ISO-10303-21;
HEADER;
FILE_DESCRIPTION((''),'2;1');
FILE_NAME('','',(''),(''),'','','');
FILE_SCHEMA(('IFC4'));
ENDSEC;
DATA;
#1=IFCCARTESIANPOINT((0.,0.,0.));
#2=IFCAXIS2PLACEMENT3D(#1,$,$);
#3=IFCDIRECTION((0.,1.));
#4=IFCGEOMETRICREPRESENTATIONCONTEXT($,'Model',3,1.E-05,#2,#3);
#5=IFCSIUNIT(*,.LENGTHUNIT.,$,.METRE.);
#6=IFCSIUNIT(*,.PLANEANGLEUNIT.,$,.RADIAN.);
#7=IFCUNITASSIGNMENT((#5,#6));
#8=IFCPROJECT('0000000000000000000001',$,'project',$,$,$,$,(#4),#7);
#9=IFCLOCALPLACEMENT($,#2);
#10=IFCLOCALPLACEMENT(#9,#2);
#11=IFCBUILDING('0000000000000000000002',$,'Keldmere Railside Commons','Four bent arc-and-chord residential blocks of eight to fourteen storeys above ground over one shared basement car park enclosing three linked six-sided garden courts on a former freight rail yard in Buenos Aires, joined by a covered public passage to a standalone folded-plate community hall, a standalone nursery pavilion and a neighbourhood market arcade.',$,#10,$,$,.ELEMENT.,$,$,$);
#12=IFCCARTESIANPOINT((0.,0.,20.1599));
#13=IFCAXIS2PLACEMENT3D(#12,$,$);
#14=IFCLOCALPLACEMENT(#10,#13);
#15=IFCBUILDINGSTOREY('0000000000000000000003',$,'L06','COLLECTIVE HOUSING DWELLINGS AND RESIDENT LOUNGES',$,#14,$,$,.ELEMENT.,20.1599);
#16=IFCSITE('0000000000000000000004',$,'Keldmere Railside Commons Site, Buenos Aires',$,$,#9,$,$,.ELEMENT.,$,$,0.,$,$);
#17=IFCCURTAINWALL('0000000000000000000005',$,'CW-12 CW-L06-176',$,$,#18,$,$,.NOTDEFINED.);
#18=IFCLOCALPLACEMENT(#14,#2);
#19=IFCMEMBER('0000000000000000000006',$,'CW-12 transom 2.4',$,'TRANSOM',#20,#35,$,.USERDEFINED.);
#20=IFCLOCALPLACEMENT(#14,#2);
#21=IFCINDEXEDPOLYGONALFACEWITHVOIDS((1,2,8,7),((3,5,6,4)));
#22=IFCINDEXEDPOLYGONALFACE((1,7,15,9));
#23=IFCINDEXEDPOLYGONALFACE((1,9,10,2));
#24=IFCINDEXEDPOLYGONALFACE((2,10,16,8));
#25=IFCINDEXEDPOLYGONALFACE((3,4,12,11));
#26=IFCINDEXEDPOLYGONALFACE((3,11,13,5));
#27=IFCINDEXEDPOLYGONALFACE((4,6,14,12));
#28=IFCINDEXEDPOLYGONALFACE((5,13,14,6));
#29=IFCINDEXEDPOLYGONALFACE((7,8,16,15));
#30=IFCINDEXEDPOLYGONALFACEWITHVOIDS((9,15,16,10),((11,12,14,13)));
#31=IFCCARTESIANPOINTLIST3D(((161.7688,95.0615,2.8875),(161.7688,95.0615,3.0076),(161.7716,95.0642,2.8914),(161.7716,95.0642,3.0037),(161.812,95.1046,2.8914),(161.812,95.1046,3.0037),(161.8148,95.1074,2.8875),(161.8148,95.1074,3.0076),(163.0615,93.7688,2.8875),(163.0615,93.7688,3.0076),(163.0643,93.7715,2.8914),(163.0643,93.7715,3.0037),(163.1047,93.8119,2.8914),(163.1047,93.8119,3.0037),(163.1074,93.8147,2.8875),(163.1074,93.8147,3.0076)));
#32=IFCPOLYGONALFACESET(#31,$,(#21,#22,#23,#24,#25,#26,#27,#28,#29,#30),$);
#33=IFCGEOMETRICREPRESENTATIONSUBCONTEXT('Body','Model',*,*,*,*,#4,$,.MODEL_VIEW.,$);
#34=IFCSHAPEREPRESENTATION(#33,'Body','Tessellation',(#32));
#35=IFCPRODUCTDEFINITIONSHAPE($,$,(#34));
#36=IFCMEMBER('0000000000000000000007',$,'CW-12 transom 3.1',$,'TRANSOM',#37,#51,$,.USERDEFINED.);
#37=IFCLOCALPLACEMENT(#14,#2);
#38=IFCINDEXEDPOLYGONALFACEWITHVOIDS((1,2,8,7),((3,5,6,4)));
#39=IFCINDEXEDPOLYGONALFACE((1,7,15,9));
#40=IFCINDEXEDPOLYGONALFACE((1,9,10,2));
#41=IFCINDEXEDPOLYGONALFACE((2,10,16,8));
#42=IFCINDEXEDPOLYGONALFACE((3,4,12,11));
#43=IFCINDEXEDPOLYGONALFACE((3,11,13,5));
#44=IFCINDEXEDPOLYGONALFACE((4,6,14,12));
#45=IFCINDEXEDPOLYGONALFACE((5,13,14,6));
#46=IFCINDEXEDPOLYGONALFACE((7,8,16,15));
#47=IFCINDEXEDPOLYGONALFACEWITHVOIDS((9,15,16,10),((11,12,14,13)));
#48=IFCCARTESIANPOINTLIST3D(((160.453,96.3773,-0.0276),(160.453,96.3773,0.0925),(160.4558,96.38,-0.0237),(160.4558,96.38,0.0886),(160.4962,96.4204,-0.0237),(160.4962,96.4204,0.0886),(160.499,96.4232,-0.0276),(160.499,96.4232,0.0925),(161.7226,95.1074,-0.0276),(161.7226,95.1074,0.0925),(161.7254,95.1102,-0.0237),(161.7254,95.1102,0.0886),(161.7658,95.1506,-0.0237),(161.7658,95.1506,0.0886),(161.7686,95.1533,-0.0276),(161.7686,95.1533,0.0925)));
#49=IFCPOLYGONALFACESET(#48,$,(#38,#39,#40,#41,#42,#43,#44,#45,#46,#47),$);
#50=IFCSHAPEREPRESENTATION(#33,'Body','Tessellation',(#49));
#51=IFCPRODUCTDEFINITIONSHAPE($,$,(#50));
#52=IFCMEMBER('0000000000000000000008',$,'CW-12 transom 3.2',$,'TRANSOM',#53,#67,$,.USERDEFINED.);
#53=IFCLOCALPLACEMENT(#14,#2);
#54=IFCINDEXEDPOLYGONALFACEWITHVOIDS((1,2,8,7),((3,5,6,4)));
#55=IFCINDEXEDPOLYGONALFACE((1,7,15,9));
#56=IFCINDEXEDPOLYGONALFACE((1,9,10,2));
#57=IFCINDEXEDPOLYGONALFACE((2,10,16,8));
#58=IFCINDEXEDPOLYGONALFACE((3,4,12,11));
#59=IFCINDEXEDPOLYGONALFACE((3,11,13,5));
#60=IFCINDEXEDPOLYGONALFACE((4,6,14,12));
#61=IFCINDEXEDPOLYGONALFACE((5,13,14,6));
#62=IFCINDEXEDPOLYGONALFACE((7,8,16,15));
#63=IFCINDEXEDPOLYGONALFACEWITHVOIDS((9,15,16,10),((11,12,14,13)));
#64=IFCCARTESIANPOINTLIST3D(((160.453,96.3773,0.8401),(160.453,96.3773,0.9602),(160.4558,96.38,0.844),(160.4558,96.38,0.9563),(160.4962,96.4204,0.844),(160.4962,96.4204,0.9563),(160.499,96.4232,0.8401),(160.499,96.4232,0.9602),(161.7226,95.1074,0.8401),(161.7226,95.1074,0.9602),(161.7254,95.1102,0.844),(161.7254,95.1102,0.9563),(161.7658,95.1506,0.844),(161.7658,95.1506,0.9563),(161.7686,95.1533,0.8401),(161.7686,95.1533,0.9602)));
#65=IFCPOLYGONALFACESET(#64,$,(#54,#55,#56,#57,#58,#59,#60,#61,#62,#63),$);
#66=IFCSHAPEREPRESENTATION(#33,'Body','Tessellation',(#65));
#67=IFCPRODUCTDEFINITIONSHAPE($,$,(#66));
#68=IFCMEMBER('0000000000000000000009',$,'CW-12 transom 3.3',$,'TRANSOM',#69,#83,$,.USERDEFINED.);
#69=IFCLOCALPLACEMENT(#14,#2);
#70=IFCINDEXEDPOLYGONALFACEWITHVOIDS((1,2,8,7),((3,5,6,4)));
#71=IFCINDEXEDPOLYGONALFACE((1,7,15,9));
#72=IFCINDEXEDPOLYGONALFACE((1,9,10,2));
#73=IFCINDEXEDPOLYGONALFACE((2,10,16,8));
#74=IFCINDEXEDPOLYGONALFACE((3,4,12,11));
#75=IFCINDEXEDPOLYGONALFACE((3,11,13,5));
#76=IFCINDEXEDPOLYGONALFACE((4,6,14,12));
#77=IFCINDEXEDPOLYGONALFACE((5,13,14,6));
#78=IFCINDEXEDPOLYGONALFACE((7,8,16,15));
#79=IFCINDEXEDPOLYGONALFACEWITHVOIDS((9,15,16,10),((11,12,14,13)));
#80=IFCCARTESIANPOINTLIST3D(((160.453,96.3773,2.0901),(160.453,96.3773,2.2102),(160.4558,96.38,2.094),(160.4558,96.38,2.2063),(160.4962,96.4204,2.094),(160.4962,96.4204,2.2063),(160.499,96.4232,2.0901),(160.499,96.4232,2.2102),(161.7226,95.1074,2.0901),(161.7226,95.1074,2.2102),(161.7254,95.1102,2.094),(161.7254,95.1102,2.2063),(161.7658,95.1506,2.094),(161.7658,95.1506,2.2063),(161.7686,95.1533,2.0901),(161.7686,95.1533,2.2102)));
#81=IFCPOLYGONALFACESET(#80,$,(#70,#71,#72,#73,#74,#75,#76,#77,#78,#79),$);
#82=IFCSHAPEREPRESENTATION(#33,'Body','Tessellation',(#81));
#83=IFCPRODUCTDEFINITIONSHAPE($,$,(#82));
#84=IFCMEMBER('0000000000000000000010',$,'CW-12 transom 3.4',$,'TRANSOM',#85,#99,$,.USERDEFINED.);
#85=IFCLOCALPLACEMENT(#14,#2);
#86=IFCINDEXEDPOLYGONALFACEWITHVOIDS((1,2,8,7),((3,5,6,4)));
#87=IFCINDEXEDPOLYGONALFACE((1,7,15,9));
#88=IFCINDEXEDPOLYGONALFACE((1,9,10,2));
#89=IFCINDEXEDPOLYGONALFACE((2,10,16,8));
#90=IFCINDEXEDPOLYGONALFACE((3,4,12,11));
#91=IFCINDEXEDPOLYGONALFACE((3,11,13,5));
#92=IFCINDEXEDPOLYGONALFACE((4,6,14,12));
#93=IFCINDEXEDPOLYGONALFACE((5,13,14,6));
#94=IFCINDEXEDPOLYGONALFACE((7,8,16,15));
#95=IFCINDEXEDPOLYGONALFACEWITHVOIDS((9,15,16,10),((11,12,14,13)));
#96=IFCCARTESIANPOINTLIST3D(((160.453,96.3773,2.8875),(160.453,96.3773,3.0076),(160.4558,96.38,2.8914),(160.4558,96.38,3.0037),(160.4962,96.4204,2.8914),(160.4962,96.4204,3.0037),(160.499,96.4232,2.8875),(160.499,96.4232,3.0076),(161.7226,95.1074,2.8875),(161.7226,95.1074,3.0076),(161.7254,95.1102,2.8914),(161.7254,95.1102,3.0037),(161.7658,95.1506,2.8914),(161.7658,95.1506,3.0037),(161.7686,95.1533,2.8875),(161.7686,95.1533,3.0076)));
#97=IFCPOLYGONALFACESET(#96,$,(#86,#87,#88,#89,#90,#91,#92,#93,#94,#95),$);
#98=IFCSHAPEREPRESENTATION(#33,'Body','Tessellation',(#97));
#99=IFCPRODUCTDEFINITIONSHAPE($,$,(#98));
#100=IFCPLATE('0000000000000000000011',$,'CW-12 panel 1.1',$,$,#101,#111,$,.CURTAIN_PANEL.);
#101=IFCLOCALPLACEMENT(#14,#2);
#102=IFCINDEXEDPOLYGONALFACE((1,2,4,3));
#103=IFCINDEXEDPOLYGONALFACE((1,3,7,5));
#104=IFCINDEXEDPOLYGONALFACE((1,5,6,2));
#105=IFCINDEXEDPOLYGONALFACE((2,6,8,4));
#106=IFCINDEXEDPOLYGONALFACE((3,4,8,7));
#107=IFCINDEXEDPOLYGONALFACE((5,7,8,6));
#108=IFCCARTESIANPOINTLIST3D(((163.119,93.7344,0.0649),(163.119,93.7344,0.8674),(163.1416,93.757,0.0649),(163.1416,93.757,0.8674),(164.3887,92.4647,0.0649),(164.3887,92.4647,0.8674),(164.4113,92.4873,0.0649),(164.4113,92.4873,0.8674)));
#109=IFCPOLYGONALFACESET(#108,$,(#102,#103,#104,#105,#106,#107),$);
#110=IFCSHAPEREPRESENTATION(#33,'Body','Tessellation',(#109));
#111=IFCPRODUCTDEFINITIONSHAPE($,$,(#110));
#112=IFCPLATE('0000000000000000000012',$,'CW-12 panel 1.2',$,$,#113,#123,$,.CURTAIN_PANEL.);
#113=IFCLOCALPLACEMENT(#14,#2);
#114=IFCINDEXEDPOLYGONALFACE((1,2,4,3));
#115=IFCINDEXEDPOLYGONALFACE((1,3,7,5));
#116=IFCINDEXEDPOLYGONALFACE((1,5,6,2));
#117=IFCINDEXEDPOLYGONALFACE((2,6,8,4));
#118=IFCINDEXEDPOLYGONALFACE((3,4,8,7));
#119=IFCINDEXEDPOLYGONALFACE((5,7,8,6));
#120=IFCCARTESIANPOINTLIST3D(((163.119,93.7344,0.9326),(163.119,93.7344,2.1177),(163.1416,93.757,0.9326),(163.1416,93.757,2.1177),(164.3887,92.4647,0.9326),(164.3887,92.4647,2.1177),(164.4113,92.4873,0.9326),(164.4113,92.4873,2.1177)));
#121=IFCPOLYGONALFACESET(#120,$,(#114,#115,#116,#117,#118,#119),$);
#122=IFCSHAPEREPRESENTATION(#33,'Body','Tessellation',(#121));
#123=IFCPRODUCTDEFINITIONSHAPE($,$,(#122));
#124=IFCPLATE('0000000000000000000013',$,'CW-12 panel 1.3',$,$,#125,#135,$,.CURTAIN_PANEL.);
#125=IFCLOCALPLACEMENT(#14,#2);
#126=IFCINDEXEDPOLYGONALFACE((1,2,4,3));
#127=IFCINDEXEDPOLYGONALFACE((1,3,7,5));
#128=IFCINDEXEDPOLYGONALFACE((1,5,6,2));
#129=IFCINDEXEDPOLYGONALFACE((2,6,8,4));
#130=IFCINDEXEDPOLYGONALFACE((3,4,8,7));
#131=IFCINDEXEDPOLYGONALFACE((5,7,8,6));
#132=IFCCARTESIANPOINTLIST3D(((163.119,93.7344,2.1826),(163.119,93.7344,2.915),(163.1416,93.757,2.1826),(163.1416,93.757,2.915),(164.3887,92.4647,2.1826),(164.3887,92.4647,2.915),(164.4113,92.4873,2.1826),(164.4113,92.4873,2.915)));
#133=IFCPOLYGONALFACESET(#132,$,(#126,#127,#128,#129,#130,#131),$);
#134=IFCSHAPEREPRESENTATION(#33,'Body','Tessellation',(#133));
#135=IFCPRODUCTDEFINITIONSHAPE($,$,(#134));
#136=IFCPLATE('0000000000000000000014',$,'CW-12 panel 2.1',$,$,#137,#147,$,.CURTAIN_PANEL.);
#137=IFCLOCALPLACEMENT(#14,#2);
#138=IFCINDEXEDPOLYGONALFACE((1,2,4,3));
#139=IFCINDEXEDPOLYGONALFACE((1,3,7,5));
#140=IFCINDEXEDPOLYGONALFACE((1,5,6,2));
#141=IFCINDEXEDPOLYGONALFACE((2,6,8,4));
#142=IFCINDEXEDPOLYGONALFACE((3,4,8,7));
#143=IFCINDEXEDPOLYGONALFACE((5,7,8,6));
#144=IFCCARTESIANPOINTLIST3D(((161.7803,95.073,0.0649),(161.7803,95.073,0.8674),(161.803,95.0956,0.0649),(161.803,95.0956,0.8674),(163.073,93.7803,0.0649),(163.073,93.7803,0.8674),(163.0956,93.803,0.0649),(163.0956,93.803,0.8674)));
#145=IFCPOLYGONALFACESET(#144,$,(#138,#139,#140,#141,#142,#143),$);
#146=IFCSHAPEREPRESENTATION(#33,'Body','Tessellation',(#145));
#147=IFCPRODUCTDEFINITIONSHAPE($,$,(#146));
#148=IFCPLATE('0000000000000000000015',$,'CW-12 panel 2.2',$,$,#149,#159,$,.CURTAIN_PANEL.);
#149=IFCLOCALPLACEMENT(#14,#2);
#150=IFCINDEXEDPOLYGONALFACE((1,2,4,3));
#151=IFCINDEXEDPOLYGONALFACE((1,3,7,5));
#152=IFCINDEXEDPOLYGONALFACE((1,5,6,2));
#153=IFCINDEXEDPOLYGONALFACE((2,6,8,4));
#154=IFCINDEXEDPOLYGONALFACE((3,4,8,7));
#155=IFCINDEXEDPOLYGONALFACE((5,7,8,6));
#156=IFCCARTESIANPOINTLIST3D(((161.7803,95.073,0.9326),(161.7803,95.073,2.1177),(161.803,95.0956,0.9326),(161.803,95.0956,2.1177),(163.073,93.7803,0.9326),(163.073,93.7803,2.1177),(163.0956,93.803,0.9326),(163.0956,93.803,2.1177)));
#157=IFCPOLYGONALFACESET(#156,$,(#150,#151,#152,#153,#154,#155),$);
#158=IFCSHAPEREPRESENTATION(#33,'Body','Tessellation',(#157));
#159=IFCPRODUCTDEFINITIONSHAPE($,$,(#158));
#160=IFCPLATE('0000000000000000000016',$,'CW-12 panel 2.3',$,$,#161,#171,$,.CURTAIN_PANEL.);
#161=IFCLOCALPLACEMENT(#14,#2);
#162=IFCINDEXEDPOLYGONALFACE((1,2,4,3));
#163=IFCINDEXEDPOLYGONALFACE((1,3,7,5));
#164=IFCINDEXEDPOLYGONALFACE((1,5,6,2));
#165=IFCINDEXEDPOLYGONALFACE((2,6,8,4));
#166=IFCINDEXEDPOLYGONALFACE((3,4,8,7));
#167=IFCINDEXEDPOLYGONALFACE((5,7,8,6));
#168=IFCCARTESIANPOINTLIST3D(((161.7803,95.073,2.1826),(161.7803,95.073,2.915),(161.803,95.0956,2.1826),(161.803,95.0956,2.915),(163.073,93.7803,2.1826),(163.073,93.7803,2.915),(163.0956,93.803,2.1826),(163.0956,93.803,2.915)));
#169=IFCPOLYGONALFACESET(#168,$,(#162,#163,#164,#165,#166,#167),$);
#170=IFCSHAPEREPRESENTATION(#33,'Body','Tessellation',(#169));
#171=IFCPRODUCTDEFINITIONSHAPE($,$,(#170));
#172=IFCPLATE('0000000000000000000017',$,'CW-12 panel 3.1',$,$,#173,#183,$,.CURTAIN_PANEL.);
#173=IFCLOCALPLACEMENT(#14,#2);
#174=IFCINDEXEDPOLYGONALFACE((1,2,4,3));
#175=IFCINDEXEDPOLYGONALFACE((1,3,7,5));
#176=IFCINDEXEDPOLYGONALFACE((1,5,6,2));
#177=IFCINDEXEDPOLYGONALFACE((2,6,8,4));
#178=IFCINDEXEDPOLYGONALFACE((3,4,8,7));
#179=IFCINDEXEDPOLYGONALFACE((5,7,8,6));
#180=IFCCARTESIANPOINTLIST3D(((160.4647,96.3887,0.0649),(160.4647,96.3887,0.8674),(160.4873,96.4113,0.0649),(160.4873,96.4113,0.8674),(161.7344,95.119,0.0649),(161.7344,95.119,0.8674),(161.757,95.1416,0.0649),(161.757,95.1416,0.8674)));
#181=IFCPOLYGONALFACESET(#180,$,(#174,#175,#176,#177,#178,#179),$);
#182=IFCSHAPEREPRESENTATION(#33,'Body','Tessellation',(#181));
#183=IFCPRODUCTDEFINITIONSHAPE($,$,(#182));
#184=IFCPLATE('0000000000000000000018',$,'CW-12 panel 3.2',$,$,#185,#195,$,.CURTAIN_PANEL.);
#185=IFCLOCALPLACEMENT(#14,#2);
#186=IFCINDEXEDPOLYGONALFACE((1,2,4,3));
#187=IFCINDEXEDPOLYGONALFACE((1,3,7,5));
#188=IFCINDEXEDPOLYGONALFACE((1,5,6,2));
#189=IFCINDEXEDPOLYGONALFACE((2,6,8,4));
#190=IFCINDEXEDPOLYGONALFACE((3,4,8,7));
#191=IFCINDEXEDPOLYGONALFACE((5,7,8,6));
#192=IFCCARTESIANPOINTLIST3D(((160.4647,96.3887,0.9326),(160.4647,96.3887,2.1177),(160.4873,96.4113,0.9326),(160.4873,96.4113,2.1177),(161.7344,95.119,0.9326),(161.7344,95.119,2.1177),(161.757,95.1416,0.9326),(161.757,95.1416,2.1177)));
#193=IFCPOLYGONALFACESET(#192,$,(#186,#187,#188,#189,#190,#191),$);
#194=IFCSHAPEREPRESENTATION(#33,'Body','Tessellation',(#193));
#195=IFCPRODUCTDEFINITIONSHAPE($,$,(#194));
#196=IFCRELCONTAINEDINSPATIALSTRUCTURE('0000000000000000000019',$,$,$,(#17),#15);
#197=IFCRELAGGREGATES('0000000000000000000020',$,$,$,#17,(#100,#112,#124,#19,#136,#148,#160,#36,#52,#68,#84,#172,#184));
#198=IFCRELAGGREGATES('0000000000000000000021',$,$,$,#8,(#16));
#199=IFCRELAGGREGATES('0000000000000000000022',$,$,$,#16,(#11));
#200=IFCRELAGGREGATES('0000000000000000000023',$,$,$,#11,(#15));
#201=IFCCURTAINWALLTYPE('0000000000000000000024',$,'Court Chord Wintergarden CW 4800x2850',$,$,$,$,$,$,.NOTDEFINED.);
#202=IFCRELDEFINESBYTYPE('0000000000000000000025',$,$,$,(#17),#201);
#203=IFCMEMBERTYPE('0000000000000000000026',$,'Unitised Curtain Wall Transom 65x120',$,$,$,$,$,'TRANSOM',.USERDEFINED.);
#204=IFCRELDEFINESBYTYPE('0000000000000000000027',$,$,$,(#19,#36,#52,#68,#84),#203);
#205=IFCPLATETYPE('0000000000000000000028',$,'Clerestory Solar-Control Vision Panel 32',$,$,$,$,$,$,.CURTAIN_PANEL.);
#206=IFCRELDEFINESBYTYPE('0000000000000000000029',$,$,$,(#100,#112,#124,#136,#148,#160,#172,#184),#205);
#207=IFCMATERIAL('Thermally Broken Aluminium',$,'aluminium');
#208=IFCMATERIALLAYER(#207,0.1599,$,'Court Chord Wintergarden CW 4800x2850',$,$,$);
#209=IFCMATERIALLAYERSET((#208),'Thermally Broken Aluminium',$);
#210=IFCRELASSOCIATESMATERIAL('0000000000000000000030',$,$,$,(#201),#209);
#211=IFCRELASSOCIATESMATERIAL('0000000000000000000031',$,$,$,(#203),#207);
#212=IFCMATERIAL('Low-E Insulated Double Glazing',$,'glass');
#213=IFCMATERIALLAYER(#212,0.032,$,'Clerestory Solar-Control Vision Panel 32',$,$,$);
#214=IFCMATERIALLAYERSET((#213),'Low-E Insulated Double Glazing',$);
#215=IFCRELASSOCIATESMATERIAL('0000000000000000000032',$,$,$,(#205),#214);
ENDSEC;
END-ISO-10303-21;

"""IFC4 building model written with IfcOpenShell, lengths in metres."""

from ifc_helpers import new_model, si_unit, direction, frame, origin, origin_2d, place, context, subcontext, project, spatial, rectangle, hollow_rectangle, extrude, material, layer, layer_set, material_profile, profile_set, type_object, element, aggregate, save


model = new_model("IFC4")

# Units and contexts
model_context = context("Model", 3, precision=1e-05, world=origin(), true_north=direction((0.0, 1.0)))
body_context = subcontext(model_context, "Body", "Model", "MODEL_VIEW")
ifc_project = project(units=[si_unit("LENGTHUNIT", "METRE"), si_unit("PLANEANGLEUNIT", "RADIAN")], contexts=[model_context])

# Site, building, storey
site_placement = place(None, origin())
site = spatial("IfcSite", under=ifc_project, at=site_placement, Name="Keldmere Railside Commons Site, Buenos Aires", CompositionType="ELEMENT", RefElevation=0.0)
building_placement = place(site_placement, origin())
building = spatial("IfcBuilding", under=site, at=building_placement, Name="Keldmere Railside Commons", Description="Four bent arc-and-chord residential blocks of eight to fourteen storeys above ground over one shared basement car park enclosing three linked six-sided garden courts on a former freight rail yard in Buenos Aires, joined by a covered public passage to a standalone folded-plate community hall, a standalone nursery pavilion and a neighbourhood market arcade.", CompositionType="ELEMENT")
storey_placement = place(building_placement, frame((0.0, 0.0, 20.1599)))
storey = spatial("IfcBuildingStorey", under=building, at=storey_placement, Name="L06", Description="COLLECTIVE HOUSING DWELLINGS AND RESIDENT LOUNGES", CompositionType="ELEMENT", Elevation=20.1599)

# Curtain wall
ifc_material_1 = material(Name="Thermally Broken Aluminium", Category="aluminium")
ifc_layer_1 = layer(ifc_material_1, 0.1599, Name="Court Chord Wintergarden CW 4800x2850")
ifc_layer_set_1 = layer_set([ifc_layer_1], Name="Thermally Broken Aluminium")
curtain_wall_type_1 = type_object("IfcCurtainWallType", Name="Court Chord Wintergarden CW 4800x2850", PredefinedType="NOTDEFINED", material=ifc_layer_set_1)
curtain_wall_1_placement = place(storey_placement, origin())
curtain_wall_1 = element("IfcCurtainWall", 1, at=curtain_wall_1_placement, inside=storey, type_object=curtain_wall_type_1, Name="CW-12 CW-L06-176", PredefinedType="NOTDEFINED")

# Members
ifc_material_profile_1 = material_profile(ifc_material_1, hollow_rectangle(XDim=0.0649, YDim=0.1201, WallThickness=0.0039, at=origin_2d()), Name="ALU-TRAN-65x120")
ifc_profile_set_1 = profile_set([ifc_material_profile_1], Name="Thermally Broken Aluminium")
member_type_1 = type_object("IfcMemberType", Name="Unitised Curtain Wall Transom 65x120", ElementType="TRANSOM", PredefinedType="USERDEFINED", material=ifc_profile_set_1)
member_1_placement = place(storey_placement, frame((163.0845, 93.7917, 2.9475), z_axis=(-0.707107, 0.707107, 0.0), x_axis=(-0.707107, -0.707107, 0.0)))
member_1 = element("IfcMember", 2, at=member_1_placement, type_object=member_type_1, Name="CW-12 transom 2.4", ObjectType="TRANSOM", PredefinedType="USERDEFINED", context=body_context, shape_type="SweptSolid", body=[
    extrude(hollow_rectangle(XDim=0.0649, YDim=0.1201, WallThickness=0.0039, at=origin_2d()), origin(), (0.0, 0.0, 1.0), 1.8281),
])
member_2_placement = place(storey_placement, frame((161.7456, 95.1304, 0.0325), z_axis=(-0.707039, 0.707175, 0.0), x_axis=(-0.707175, -0.707039, 0.0)))
member_2 = element("IfcMember", 3, at=member_2_placement, type_object=member_type_1, Name="CW-12 transom 3.1", ObjectType="TRANSOM", PredefinedType="USERDEFINED", context=body_context, shape_type="SweptSolid", body=[
    extrude(hollow_rectangle(XDim=0.0649, YDim=0.1201, WallThickness=0.0039, at=origin_2d()), origin(), (0.0, 0.0, 1.0), 1.7957),
])
member_3_placement = place(storey_placement, frame((161.7456, 95.1304, 0.9001), z_axis=(-0.707039, 0.707175, 0.0), x_axis=(-0.707175, -0.707039, 0.0)))
member_3 = element("IfcMember", 4, at=member_3_placement, type_object=member_type_1, Name="CW-12 transom 3.2", ObjectType="TRANSOM", PredefinedType="USERDEFINED", context=body_context, shape_type="SweptSolid", body=[
    extrude(hollow_rectangle(XDim=0.0649, YDim=0.1201, WallThickness=0.0039, at=origin_2d()), origin(), (0.0, 0.0, 1.0), 1.7957),
])
member_4_placement = place(storey_placement, frame((161.7456, 95.1304, 2.1501), z_axis=(-0.707039, 0.707175, 0.0), x_axis=(-0.707175, -0.707039, 0.0)))
member_4 = element("IfcMember", 5, at=member_4_placement, type_object=member_type_1, Name="CW-12 transom 3.3", ObjectType="TRANSOM", PredefinedType="USERDEFINED", context=body_context, shape_type="SweptSolid", body=[
    extrude(hollow_rectangle(XDim=0.0649, YDim=0.1201, WallThickness=0.0039, at=origin_2d()), origin(), (0.0, 0.0, 1.0), 1.7957),
])
member_5_placement = place(storey_placement, frame((161.7456, 95.1304, 2.9475), z_axis=(-0.707039, 0.707175, 0.0), x_axis=(-0.707175, -0.707039, 0.0)))
member_5 = element("IfcMember", 6, at=member_5_placement, type_object=member_type_1, Name="CW-12 transom 3.4", ObjectType="TRANSOM", PredefinedType="USERDEFINED", context=body_context, shape_type="SweptSolid", body=[
    extrude(hollow_rectangle(XDim=0.0649, YDim=0.1201, WallThickness=0.0039, at=origin_2d()), origin(), (0.0, 0.0, 1.0), 1.7957),
])

# Plates
ifc_material_2 = material(Name="Low-E Insulated Double Glazing", Category="glass")
ifc_layer_2 = layer(ifc_material_2, 0.032, Name="Clerestory Solar-Control Vision Panel 32")
ifc_layer_set_2 = layer_set([ifc_layer_2], Name="Low-E Insulated Double Glazing")
plate_type_1 = type_object("IfcPlateType", Name="Clerestory Solar-Control Vision Panel 32", PredefinedType="CURTAIN_PANEL", material=ifc_layer_set_2)
plate_1_placement = place(storey_placement, frame((163.7651, 93.1108, 0.0649), z_axis=(0.0, 0.0, 1.0), x_axis=(-0.707107, 0.707107, 0.0)))
plate_1 = element("IfcPlate", 7, at=plate_1_placement, type_object=plate_type_1, Name="CW-12 panel 1.1", PredefinedType="CURTAIN_PANEL", context=body_context, shape_type="SweptSolid", body=[
    extrude(rectangle(XDim=1.7957, YDim=0.032, at=origin_2d()), origin(), (0.0, 0.0, 1.0), 0.8025),
])
plate_2_placement = place(storey_placement, frame((163.7651, 93.1108, 0.9326), z_axis=(0.0, 0.0, 1.0), x_axis=(-0.707107, 0.707107, 0.0)))
plate_2 = element("IfcPlate", 8, at=plate_2_placement, type_object=plate_type_1, Name="CW-12 panel 1.2", PredefinedType="CURTAIN_PANEL", context=body_context, shape_type="SweptSolid", body=[
    extrude(rectangle(XDim=1.7957, YDim=0.032, at=origin_2d()), origin(), (0.0, 0.0, 1.0), 1.1851),
])
plate_3_placement = place(storey_placement, frame((163.7651, 93.1108, 2.1826), z_axis=(0.0, 0.0, 1.0), x_axis=(-0.707107, 0.707107, 0.0)))
plate_3 = element("IfcPlate", 9, at=plate_3_placement, type_object=plate_type_1, Name="CW-12 panel 1.3", PredefinedType="CURTAIN_PANEL", context=body_context, shape_type="SweptSolid", body=[
    extrude(rectangle(XDim=1.7957, YDim=0.032, at=origin_2d()), origin(), (0.0, 0.0, 1.0), 0.7324),
])
plate_4_placement = place(storey_placement, frame((162.438, 94.438, 0.0649), z_axis=(0.0, 0.0, 1.0), x_axis=(-0.707107, 0.707107, 0.0)))
plate_4 = element("IfcPlate", 10, at=plate_4_placement, type_object=plate_type_1, Name="CW-12 panel 2.1", PredefinedType="CURTAIN_PANEL", context=body_context, shape_type="SweptSolid", body=[
    extrude(rectangle(XDim=1.8281, YDim=0.032, at=origin_2d()), origin(), (0.0, 0.0, 1.0), 0.8025),
])
plate_5_placement = place(storey_placement, frame((162.438, 94.438, 0.9326), z_axis=(0.0, 0.0, 1.0), x_axis=(-0.707107, 0.707107, 0.0)))
plate_5 = element("IfcPlate", 11, at=plate_5_placement, type_object=plate_type_1, Name="CW-12 panel 2.2", PredefinedType="CURTAIN_PANEL", context=body_context, shape_type="SweptSolid", body=[
    extrude(rectangle(XDim=1.8281, YDim=0.032, at=origin_2d()), origin(), (0.0, 0.0, 1.0), 1.1851),
])
plate_6_placement = place(storey_placement, frame((162.438, 94.438, 2.1826), z_axis=(0.0, 0.0, 1.0), x_axis=(-0.707107, 0.707107, 0.0)))
plate_6 = element("IfcPlate", 12, at=plate_6_placement, type_object=plate_type_1, Name="CW-12 panel 2.3", PredefinedType="CURTAIN_PANEL", context=body_context, shape_type="SweptSolid", body=[
    extrude(rectangle(XDim=1.8281, YDim=0.032, at=origin_2d()), origin(), (0.0, 0.0, 1.0), 0.7324),
])
plate_7_placement = place(storey_placement, frame((161.1108, 95.7651, 0.0649), z_axis=(0.0, 0.0, 1.0), x_axis=(-0.707107, 0.707107, 0.0)))
plate_7 = element("IfcPlate", 13, at=plate_7_placement, type_object=plate_type_1, Name="CW-12 panel 3.1", PredefinedType="CURTAIN_PANEL", context=body_context, shape_type="SweptSolid", body=[
    extrude(rectangle(XDim=1.7957, YDim=0.032, at=origin_2d()), origin(), (0.0, 0.0, 1.0), 0.8025),
])
plate_8_placement = place(storey_placement, frame((161.1108, 95.7651, 0.9326), z_axis=(0.0, 0.0, 1.0), x_axis=(-0.707107, 0.707107, 0.0)))
plate_8 = element("IfcPlate", 14, at=plate_8_placement, type_object=plate_type_1, Name="CW-12 panel 3.2", PredefinedType="CURTAIN_PANEL", context=body_context, shape_type="SweptSolid", body=[
    extrude(rectangle(XDim=1.7957, YDim=0.032, at=origin_2d()), origin(), (0.0, 0.0, 1.0), 1.1851),
])
aggregate(curtain_wall_1, [plate_1, plate_2, plate_3, member_1, plate_4, plate_5, plate_6, member_2, member_3, member_4, member_5, plate_7, plate_8])

save(model, "model.ifc")
